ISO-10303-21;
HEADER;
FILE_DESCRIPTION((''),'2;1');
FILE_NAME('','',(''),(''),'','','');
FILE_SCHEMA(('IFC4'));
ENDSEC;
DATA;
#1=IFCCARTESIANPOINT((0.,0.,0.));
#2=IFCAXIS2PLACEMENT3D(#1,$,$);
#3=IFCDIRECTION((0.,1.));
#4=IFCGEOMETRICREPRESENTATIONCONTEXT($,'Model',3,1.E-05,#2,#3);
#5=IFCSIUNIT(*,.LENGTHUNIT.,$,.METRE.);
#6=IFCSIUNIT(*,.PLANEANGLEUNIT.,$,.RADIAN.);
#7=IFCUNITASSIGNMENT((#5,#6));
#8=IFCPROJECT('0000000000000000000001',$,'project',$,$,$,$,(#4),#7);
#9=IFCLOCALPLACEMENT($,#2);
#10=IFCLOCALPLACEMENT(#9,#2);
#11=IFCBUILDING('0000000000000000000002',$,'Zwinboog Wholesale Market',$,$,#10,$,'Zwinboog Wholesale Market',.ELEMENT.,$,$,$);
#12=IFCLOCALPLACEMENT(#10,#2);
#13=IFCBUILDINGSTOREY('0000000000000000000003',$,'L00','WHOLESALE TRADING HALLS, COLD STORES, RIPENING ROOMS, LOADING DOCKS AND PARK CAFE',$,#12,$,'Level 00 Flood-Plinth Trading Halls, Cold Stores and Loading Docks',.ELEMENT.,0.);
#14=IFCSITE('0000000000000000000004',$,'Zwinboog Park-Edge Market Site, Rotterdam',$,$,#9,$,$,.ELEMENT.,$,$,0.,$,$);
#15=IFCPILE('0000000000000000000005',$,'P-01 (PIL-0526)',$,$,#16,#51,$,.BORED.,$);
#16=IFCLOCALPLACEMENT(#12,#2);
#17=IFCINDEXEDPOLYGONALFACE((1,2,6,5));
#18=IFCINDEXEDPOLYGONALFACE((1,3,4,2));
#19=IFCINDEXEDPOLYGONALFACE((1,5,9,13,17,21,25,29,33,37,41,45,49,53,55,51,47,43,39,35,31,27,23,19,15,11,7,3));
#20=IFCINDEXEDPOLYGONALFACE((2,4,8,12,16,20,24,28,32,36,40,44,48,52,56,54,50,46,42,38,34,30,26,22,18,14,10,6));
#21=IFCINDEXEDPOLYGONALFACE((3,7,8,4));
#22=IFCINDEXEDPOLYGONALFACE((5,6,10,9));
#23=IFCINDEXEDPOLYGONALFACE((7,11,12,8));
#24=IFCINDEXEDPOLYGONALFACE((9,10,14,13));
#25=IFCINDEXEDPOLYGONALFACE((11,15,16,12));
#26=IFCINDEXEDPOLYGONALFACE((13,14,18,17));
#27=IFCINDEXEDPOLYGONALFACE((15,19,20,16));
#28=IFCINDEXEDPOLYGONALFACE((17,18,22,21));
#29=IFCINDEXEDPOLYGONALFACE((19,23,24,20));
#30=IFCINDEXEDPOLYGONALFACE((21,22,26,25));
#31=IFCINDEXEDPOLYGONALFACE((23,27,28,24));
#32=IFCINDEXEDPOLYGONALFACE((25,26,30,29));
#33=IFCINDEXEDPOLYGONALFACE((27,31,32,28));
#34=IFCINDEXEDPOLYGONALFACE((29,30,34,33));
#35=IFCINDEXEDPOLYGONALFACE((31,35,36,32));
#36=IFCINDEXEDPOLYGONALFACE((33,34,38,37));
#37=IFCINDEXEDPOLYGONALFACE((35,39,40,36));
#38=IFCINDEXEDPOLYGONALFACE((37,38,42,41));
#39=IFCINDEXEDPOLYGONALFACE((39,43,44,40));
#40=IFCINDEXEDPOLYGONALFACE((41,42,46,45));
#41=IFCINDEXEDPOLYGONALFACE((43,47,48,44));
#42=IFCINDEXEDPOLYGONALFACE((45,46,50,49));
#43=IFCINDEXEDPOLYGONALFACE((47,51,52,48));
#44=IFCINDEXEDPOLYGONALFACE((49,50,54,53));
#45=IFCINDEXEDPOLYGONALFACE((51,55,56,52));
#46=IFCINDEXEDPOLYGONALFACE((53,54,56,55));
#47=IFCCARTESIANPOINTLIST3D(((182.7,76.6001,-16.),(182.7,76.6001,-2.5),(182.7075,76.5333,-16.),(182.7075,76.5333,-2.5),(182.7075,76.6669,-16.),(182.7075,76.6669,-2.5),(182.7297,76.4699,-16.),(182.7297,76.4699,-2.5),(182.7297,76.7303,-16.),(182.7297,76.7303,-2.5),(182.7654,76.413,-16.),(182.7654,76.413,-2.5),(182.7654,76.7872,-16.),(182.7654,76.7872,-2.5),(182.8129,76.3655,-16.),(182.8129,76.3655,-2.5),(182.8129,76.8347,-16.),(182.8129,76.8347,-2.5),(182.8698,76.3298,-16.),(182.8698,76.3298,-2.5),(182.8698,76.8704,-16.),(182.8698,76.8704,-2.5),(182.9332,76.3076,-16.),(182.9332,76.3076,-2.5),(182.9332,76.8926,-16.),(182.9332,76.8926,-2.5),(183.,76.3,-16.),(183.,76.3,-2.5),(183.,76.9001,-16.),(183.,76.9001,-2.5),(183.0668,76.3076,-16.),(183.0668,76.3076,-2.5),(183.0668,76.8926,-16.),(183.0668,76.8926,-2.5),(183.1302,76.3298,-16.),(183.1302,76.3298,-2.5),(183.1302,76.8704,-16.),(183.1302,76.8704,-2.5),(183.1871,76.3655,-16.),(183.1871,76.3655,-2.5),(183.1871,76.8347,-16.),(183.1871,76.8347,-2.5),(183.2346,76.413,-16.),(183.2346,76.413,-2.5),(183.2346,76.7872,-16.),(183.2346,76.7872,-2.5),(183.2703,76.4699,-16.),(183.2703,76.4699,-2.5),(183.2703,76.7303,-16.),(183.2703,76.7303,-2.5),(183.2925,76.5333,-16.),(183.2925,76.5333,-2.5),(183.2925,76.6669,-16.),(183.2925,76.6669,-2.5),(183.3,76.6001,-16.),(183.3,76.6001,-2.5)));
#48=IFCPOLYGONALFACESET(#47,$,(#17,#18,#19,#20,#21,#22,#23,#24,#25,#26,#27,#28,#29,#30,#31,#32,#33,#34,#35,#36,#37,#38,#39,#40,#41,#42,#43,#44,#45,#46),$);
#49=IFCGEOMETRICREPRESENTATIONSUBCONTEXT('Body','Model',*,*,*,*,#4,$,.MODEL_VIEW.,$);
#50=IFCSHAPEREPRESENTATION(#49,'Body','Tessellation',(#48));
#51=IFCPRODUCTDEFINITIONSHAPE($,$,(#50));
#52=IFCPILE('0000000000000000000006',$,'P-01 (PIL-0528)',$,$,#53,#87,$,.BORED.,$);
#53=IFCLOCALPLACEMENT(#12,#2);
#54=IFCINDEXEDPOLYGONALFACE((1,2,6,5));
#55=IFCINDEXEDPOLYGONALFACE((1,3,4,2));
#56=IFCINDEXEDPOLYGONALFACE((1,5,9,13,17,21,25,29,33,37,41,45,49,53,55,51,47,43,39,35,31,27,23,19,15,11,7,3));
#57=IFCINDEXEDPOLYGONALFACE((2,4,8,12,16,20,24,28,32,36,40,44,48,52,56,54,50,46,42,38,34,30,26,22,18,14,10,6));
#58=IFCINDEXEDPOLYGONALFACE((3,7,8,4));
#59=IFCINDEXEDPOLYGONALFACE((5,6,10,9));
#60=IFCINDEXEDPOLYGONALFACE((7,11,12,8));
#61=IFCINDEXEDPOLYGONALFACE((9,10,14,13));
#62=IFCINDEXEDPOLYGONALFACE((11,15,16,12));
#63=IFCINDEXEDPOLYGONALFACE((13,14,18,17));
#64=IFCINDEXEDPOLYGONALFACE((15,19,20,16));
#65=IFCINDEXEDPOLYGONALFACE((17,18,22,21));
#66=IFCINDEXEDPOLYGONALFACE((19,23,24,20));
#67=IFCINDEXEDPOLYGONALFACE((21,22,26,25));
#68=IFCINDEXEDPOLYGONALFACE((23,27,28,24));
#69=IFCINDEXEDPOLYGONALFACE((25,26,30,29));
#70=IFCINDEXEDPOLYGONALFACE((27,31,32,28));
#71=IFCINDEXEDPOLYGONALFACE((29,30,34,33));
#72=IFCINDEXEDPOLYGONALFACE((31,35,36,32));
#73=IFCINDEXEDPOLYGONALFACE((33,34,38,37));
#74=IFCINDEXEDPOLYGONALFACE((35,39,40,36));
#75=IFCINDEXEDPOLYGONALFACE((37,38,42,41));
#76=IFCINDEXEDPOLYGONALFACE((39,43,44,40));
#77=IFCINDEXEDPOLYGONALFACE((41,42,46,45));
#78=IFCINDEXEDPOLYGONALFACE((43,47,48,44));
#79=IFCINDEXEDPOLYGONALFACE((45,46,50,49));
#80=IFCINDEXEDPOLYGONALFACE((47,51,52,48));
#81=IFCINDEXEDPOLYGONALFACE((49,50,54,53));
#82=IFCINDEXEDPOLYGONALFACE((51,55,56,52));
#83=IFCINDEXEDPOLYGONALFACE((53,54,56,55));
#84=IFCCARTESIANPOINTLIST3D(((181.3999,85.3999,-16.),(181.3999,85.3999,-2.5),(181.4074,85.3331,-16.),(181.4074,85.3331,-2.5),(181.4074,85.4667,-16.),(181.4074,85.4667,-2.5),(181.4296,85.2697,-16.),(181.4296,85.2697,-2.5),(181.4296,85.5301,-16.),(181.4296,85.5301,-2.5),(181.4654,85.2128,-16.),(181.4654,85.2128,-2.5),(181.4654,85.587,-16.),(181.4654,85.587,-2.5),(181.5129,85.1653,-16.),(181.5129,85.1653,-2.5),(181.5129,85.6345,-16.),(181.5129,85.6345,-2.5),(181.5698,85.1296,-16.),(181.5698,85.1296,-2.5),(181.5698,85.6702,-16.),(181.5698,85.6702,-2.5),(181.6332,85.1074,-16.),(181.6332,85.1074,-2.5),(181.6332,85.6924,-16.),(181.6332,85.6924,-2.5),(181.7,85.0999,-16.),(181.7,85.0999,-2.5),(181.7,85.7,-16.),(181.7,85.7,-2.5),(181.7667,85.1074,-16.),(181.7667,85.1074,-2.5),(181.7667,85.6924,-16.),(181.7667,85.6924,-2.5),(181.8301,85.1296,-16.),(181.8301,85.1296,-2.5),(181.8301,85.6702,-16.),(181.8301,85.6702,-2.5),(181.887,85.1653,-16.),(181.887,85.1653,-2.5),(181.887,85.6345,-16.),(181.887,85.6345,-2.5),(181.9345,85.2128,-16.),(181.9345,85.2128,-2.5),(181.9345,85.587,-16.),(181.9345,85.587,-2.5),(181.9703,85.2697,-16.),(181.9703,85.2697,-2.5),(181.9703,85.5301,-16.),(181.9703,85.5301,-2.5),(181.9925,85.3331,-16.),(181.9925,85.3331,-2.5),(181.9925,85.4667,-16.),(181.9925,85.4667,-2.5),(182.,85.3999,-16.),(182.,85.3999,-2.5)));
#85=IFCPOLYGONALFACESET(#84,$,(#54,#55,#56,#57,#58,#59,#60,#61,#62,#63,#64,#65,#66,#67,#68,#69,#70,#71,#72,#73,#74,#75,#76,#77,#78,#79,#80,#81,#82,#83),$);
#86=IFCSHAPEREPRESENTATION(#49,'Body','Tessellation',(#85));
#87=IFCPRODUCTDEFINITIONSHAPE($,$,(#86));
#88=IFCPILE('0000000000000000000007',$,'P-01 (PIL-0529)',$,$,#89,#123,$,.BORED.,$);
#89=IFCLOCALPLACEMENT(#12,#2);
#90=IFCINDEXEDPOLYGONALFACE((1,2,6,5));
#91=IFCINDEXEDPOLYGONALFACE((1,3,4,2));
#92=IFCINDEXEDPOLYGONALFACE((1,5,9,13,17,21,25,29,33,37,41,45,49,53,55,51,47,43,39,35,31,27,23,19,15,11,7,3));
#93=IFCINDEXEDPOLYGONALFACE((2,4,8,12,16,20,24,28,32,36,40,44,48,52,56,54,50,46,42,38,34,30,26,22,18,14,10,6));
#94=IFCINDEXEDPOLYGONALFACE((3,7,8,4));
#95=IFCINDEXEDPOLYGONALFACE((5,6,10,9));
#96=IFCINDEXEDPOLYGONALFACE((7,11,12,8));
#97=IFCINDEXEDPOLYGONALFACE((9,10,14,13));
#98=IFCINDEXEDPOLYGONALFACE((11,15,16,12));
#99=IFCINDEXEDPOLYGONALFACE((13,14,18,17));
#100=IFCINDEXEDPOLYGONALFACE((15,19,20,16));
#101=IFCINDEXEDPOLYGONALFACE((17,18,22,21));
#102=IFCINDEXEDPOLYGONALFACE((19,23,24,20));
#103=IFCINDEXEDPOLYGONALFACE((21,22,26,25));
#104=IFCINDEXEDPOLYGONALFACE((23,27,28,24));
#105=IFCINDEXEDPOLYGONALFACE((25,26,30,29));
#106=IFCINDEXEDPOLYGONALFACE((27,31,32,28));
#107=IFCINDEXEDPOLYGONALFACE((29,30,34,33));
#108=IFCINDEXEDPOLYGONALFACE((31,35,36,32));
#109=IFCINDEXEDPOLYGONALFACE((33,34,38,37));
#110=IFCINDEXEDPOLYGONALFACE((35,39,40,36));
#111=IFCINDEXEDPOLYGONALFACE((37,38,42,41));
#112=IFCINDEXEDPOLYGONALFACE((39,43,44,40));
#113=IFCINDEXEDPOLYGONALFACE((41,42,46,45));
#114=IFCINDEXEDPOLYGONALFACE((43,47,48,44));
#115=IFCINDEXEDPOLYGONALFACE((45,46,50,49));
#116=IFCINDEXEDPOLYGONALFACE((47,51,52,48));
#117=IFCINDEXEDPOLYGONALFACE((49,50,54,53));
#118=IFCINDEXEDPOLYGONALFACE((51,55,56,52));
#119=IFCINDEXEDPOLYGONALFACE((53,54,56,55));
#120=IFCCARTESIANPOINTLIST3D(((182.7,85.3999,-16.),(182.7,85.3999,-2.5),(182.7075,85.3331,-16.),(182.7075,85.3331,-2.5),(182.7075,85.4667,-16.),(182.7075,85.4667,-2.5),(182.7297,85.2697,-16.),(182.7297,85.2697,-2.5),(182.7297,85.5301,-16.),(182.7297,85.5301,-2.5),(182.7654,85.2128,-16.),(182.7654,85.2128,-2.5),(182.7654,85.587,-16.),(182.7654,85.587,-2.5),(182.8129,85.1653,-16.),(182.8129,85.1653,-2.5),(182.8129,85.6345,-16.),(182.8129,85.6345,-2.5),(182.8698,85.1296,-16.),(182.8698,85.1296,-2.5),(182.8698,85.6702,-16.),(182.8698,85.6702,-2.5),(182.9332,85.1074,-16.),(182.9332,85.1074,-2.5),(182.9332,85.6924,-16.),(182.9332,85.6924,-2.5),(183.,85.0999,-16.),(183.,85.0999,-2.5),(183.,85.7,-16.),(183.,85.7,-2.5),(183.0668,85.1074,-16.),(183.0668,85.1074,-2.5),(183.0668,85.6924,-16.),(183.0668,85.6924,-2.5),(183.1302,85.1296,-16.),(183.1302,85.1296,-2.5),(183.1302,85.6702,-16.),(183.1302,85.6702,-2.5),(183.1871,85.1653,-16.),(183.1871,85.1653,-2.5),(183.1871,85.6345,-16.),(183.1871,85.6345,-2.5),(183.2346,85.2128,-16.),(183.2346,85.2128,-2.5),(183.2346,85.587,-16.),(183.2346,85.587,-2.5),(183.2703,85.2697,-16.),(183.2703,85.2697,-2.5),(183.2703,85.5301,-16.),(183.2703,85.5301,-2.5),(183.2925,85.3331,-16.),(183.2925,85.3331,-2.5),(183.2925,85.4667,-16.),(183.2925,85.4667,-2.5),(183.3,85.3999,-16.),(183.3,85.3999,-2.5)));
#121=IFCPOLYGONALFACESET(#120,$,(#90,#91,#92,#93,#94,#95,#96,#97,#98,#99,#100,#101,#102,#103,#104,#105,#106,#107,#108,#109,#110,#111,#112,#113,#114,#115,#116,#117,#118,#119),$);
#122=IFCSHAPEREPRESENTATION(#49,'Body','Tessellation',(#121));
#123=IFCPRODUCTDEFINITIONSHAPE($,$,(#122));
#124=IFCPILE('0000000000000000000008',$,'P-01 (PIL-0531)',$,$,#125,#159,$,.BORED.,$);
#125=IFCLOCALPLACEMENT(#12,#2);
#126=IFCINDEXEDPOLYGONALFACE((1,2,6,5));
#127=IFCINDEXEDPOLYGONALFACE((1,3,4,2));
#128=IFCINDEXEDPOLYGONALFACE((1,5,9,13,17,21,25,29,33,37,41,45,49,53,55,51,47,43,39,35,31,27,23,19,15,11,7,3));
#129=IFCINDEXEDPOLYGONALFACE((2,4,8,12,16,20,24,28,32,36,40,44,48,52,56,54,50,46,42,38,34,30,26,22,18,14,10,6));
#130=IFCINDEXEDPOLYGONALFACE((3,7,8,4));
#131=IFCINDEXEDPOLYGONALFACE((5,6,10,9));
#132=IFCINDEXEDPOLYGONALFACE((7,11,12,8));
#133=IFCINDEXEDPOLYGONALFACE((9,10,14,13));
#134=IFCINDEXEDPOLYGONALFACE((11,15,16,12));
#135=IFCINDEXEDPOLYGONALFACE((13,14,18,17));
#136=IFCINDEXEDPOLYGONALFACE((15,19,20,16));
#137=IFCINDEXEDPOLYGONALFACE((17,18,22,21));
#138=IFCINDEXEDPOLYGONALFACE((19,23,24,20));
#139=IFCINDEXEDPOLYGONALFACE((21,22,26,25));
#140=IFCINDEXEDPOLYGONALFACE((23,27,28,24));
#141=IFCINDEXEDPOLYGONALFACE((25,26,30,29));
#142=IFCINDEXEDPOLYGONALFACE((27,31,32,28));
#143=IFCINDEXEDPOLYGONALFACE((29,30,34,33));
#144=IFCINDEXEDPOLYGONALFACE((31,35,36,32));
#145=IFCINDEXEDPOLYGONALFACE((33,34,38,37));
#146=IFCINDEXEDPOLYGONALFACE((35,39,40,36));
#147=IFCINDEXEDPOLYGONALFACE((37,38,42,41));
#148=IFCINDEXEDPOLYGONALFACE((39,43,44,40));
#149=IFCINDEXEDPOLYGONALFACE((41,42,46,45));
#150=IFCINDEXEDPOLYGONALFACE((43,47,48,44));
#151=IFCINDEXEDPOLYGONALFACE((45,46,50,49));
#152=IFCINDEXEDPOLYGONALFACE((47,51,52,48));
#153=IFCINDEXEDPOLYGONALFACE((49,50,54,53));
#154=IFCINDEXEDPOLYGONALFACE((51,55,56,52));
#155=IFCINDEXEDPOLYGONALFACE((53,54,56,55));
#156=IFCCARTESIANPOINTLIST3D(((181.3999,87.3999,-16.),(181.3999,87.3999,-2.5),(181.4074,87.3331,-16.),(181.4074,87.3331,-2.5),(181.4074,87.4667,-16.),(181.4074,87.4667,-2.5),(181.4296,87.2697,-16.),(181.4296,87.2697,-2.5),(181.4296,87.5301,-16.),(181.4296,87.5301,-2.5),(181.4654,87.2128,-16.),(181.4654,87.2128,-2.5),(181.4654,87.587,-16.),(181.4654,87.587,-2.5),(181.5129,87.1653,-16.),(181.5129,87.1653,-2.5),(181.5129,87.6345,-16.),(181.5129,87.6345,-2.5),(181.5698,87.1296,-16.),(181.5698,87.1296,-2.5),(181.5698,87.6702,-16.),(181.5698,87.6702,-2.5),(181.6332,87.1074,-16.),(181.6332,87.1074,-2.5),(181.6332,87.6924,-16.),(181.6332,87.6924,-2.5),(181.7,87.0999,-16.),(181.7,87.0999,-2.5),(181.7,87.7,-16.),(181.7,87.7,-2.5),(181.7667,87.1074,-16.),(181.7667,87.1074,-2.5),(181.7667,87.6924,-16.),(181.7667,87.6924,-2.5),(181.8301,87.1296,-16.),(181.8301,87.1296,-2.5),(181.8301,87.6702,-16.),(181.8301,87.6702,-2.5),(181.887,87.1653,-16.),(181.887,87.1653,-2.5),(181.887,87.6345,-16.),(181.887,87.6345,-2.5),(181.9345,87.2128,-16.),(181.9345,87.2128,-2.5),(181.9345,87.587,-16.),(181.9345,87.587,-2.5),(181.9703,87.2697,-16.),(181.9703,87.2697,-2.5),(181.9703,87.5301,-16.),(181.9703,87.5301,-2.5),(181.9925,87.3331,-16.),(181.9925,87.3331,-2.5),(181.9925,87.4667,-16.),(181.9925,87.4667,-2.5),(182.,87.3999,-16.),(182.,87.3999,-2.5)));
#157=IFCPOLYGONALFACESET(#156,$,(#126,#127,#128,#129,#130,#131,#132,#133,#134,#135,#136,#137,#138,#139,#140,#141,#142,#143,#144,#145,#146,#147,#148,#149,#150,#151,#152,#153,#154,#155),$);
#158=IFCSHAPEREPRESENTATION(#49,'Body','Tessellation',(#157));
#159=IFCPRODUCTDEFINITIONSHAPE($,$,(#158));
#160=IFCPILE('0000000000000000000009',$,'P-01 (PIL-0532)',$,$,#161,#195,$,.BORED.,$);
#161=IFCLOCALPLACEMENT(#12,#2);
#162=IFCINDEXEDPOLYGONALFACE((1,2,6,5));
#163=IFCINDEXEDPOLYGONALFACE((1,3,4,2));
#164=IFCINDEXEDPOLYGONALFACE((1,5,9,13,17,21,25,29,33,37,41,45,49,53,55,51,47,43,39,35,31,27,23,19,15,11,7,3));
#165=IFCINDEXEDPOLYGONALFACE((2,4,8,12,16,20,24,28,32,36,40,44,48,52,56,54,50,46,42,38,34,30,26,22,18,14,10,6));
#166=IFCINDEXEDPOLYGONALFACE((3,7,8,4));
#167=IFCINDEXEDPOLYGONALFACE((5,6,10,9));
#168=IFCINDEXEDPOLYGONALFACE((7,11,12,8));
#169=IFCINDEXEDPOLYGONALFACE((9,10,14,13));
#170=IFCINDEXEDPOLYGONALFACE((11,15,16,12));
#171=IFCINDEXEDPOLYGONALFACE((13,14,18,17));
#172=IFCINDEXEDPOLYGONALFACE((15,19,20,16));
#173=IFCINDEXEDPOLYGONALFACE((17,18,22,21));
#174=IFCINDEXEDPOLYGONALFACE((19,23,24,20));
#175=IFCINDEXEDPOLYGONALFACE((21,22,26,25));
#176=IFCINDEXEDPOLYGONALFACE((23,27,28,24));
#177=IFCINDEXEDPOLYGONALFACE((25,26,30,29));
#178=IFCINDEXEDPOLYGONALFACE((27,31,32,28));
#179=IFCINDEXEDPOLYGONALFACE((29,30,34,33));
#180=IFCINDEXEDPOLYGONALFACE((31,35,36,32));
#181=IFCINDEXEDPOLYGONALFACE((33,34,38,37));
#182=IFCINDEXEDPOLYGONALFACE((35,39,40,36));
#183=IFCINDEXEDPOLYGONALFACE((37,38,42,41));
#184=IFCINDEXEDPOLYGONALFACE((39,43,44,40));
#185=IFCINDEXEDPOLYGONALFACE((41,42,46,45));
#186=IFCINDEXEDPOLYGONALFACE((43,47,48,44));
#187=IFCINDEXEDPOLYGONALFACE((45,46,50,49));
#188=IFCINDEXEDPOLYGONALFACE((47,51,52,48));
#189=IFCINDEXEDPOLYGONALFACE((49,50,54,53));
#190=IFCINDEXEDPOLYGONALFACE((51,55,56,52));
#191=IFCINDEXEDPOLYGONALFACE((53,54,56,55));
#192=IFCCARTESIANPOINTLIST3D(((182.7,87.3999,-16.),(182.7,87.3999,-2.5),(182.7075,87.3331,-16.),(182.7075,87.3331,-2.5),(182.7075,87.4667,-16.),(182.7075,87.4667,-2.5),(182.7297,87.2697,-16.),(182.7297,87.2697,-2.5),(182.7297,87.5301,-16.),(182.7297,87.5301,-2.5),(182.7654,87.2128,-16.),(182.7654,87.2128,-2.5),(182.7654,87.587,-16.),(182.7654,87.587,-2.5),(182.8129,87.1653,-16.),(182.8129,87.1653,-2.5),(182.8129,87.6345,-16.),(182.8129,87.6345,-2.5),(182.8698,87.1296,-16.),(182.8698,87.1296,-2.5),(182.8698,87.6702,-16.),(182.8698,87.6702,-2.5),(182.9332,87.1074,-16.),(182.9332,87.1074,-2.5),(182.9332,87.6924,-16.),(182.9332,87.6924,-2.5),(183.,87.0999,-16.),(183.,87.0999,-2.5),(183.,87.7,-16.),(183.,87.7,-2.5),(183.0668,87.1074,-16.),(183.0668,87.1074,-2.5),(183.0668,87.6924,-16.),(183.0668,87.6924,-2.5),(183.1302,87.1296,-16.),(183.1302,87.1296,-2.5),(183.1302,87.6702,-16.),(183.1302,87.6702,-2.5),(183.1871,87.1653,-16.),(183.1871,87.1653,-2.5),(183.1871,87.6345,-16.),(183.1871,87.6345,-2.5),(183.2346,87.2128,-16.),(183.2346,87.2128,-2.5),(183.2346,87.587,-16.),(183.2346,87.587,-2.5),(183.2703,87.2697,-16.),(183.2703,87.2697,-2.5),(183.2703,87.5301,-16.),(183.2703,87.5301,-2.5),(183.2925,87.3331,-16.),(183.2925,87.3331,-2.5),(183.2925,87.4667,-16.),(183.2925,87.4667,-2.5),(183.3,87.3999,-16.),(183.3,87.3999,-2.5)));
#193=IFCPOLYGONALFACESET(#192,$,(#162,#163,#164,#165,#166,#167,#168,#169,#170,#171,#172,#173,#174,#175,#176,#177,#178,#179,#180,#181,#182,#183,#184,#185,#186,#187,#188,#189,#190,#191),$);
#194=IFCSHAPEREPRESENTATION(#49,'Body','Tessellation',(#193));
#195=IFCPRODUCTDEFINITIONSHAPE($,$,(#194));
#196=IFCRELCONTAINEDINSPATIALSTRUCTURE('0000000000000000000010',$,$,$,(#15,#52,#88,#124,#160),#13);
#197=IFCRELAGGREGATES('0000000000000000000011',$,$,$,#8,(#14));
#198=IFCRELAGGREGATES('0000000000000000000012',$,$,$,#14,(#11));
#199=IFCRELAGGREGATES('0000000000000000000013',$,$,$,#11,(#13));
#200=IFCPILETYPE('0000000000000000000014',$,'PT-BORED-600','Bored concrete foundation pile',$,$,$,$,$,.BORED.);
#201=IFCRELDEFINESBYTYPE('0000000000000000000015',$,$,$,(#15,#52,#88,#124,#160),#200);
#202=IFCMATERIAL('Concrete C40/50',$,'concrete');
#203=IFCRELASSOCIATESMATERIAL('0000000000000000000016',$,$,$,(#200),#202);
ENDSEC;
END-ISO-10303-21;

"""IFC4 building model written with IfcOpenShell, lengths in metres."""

from ifc_helpers import new_model, si_unit, direction, frame, origin, origin_2d, place, context, subcontext, project, spatial, circle, extrude, material, material_profile, profile_set, type_object, element, save


model = new_model("IFC4")

# Units and contexts
model_context = context("Model", 3, precision=1e-05, world=origin(), true_north=direction((0.0, 1.0)))
body_context = subcontext(model_context, "Body", "Model", "MODEL_VIEW")
ifc_project = project(units=[si_unit("LENGTHUNIT", "METRE"), si_unit("PLANEANGLEUNIT", "RADIAN")], contexts=[model_context])

# Site, building, storey
site_placement = place(None, origin())
site = spatial("IfcSite", under=ifc_project, at=site_placement, Name="Zwinboog Park-Edge Market Site, Rotterdam", CompositionType="ELEMENT", RefElevation=0.0)
building_placement = place(site_placement, origin())
building = spatial("IfcBuilding", under=site, at=building_placement, Name="Zwinboog Wholesale Market", LongName="Zwinboog Wholesale Market", CompositionType="ELEMENT")
storey_placement = place(building_placement, origin())
storey = spatial("IfcBuildingStorey", under=building, at=storey_placement, Name="L00", Description="WHOLESALE TRADING HALLS, COLD STORES, RIPENING ROOMS, LOADING DOCKS AND PARK CAFE", LongName="Level 00 Flood-Plinth Trading Halls, Cold Stores and Loading Docks", CompositionType="ELEMENT", Elevation=0.0)

# Piles
ifc_material_1 = material(Name="Concrete C40/50", Category="concrete")
ifc_material_profile_1 = material_profile(ifc_material_1, circle(Radius=0.3, at=origin_2d()), Name="PILE D600")
ifc_profile_set_1 = profile_set([ifc_material_profile_1], Name="Concrete C40/50")
pile_type = type_object("IfcPileType", Name="PT-BORED-600", Description="Bored concrete foundation pile", PredefinedType="BORED", material=ifc_profile_set_1)
for number, where, z_axis, x_axis, name in (
    (1, (183.0, 76.6001, -2.5), (0.0, 0.0, -1.0), (1.0, 0.0, 0.0), "P-01 (PIL-0526)"),
    (2, (181.7, 85.3999, -2.5), (0.0, 0.0, -1.0), (1.0, 0.0, 0.0), "P-01 (PIL-0528)"),
    (3, (183.0, 85.3999, -2.5), (0.0, 0.0, -1.0), (1.0, 0.0, 0.0), "P-01 (PIL-0529)"),
    (4, (181.7, 87.3999, -2.5), (0.0, 0.0, -1.0), (1.0, 0.0, 0.0), "P-01 (PIL-0531)"),
    (5, (183.0, 87.3999, -2.5), (0.0, 0.0, -1.0), (1.0, 0.0, 0.0), "P-01 (PIL-0532)"),
):
    element("IfcPile", number, at=place(storey_placement, frame(where, z_axis=z_axis, x_axis=x_axis)), inside=storey, type_object=pile_type, Name=name, PredefinedType="BORED", context=body_context, shape_type="SweptSolid", body=[
        extrude(circle(Radius=0.3, at=origin_2d()), origin(), (0.0, 0.0, 1.0), 13.5),
    ])

save(model, "model.ifc")
